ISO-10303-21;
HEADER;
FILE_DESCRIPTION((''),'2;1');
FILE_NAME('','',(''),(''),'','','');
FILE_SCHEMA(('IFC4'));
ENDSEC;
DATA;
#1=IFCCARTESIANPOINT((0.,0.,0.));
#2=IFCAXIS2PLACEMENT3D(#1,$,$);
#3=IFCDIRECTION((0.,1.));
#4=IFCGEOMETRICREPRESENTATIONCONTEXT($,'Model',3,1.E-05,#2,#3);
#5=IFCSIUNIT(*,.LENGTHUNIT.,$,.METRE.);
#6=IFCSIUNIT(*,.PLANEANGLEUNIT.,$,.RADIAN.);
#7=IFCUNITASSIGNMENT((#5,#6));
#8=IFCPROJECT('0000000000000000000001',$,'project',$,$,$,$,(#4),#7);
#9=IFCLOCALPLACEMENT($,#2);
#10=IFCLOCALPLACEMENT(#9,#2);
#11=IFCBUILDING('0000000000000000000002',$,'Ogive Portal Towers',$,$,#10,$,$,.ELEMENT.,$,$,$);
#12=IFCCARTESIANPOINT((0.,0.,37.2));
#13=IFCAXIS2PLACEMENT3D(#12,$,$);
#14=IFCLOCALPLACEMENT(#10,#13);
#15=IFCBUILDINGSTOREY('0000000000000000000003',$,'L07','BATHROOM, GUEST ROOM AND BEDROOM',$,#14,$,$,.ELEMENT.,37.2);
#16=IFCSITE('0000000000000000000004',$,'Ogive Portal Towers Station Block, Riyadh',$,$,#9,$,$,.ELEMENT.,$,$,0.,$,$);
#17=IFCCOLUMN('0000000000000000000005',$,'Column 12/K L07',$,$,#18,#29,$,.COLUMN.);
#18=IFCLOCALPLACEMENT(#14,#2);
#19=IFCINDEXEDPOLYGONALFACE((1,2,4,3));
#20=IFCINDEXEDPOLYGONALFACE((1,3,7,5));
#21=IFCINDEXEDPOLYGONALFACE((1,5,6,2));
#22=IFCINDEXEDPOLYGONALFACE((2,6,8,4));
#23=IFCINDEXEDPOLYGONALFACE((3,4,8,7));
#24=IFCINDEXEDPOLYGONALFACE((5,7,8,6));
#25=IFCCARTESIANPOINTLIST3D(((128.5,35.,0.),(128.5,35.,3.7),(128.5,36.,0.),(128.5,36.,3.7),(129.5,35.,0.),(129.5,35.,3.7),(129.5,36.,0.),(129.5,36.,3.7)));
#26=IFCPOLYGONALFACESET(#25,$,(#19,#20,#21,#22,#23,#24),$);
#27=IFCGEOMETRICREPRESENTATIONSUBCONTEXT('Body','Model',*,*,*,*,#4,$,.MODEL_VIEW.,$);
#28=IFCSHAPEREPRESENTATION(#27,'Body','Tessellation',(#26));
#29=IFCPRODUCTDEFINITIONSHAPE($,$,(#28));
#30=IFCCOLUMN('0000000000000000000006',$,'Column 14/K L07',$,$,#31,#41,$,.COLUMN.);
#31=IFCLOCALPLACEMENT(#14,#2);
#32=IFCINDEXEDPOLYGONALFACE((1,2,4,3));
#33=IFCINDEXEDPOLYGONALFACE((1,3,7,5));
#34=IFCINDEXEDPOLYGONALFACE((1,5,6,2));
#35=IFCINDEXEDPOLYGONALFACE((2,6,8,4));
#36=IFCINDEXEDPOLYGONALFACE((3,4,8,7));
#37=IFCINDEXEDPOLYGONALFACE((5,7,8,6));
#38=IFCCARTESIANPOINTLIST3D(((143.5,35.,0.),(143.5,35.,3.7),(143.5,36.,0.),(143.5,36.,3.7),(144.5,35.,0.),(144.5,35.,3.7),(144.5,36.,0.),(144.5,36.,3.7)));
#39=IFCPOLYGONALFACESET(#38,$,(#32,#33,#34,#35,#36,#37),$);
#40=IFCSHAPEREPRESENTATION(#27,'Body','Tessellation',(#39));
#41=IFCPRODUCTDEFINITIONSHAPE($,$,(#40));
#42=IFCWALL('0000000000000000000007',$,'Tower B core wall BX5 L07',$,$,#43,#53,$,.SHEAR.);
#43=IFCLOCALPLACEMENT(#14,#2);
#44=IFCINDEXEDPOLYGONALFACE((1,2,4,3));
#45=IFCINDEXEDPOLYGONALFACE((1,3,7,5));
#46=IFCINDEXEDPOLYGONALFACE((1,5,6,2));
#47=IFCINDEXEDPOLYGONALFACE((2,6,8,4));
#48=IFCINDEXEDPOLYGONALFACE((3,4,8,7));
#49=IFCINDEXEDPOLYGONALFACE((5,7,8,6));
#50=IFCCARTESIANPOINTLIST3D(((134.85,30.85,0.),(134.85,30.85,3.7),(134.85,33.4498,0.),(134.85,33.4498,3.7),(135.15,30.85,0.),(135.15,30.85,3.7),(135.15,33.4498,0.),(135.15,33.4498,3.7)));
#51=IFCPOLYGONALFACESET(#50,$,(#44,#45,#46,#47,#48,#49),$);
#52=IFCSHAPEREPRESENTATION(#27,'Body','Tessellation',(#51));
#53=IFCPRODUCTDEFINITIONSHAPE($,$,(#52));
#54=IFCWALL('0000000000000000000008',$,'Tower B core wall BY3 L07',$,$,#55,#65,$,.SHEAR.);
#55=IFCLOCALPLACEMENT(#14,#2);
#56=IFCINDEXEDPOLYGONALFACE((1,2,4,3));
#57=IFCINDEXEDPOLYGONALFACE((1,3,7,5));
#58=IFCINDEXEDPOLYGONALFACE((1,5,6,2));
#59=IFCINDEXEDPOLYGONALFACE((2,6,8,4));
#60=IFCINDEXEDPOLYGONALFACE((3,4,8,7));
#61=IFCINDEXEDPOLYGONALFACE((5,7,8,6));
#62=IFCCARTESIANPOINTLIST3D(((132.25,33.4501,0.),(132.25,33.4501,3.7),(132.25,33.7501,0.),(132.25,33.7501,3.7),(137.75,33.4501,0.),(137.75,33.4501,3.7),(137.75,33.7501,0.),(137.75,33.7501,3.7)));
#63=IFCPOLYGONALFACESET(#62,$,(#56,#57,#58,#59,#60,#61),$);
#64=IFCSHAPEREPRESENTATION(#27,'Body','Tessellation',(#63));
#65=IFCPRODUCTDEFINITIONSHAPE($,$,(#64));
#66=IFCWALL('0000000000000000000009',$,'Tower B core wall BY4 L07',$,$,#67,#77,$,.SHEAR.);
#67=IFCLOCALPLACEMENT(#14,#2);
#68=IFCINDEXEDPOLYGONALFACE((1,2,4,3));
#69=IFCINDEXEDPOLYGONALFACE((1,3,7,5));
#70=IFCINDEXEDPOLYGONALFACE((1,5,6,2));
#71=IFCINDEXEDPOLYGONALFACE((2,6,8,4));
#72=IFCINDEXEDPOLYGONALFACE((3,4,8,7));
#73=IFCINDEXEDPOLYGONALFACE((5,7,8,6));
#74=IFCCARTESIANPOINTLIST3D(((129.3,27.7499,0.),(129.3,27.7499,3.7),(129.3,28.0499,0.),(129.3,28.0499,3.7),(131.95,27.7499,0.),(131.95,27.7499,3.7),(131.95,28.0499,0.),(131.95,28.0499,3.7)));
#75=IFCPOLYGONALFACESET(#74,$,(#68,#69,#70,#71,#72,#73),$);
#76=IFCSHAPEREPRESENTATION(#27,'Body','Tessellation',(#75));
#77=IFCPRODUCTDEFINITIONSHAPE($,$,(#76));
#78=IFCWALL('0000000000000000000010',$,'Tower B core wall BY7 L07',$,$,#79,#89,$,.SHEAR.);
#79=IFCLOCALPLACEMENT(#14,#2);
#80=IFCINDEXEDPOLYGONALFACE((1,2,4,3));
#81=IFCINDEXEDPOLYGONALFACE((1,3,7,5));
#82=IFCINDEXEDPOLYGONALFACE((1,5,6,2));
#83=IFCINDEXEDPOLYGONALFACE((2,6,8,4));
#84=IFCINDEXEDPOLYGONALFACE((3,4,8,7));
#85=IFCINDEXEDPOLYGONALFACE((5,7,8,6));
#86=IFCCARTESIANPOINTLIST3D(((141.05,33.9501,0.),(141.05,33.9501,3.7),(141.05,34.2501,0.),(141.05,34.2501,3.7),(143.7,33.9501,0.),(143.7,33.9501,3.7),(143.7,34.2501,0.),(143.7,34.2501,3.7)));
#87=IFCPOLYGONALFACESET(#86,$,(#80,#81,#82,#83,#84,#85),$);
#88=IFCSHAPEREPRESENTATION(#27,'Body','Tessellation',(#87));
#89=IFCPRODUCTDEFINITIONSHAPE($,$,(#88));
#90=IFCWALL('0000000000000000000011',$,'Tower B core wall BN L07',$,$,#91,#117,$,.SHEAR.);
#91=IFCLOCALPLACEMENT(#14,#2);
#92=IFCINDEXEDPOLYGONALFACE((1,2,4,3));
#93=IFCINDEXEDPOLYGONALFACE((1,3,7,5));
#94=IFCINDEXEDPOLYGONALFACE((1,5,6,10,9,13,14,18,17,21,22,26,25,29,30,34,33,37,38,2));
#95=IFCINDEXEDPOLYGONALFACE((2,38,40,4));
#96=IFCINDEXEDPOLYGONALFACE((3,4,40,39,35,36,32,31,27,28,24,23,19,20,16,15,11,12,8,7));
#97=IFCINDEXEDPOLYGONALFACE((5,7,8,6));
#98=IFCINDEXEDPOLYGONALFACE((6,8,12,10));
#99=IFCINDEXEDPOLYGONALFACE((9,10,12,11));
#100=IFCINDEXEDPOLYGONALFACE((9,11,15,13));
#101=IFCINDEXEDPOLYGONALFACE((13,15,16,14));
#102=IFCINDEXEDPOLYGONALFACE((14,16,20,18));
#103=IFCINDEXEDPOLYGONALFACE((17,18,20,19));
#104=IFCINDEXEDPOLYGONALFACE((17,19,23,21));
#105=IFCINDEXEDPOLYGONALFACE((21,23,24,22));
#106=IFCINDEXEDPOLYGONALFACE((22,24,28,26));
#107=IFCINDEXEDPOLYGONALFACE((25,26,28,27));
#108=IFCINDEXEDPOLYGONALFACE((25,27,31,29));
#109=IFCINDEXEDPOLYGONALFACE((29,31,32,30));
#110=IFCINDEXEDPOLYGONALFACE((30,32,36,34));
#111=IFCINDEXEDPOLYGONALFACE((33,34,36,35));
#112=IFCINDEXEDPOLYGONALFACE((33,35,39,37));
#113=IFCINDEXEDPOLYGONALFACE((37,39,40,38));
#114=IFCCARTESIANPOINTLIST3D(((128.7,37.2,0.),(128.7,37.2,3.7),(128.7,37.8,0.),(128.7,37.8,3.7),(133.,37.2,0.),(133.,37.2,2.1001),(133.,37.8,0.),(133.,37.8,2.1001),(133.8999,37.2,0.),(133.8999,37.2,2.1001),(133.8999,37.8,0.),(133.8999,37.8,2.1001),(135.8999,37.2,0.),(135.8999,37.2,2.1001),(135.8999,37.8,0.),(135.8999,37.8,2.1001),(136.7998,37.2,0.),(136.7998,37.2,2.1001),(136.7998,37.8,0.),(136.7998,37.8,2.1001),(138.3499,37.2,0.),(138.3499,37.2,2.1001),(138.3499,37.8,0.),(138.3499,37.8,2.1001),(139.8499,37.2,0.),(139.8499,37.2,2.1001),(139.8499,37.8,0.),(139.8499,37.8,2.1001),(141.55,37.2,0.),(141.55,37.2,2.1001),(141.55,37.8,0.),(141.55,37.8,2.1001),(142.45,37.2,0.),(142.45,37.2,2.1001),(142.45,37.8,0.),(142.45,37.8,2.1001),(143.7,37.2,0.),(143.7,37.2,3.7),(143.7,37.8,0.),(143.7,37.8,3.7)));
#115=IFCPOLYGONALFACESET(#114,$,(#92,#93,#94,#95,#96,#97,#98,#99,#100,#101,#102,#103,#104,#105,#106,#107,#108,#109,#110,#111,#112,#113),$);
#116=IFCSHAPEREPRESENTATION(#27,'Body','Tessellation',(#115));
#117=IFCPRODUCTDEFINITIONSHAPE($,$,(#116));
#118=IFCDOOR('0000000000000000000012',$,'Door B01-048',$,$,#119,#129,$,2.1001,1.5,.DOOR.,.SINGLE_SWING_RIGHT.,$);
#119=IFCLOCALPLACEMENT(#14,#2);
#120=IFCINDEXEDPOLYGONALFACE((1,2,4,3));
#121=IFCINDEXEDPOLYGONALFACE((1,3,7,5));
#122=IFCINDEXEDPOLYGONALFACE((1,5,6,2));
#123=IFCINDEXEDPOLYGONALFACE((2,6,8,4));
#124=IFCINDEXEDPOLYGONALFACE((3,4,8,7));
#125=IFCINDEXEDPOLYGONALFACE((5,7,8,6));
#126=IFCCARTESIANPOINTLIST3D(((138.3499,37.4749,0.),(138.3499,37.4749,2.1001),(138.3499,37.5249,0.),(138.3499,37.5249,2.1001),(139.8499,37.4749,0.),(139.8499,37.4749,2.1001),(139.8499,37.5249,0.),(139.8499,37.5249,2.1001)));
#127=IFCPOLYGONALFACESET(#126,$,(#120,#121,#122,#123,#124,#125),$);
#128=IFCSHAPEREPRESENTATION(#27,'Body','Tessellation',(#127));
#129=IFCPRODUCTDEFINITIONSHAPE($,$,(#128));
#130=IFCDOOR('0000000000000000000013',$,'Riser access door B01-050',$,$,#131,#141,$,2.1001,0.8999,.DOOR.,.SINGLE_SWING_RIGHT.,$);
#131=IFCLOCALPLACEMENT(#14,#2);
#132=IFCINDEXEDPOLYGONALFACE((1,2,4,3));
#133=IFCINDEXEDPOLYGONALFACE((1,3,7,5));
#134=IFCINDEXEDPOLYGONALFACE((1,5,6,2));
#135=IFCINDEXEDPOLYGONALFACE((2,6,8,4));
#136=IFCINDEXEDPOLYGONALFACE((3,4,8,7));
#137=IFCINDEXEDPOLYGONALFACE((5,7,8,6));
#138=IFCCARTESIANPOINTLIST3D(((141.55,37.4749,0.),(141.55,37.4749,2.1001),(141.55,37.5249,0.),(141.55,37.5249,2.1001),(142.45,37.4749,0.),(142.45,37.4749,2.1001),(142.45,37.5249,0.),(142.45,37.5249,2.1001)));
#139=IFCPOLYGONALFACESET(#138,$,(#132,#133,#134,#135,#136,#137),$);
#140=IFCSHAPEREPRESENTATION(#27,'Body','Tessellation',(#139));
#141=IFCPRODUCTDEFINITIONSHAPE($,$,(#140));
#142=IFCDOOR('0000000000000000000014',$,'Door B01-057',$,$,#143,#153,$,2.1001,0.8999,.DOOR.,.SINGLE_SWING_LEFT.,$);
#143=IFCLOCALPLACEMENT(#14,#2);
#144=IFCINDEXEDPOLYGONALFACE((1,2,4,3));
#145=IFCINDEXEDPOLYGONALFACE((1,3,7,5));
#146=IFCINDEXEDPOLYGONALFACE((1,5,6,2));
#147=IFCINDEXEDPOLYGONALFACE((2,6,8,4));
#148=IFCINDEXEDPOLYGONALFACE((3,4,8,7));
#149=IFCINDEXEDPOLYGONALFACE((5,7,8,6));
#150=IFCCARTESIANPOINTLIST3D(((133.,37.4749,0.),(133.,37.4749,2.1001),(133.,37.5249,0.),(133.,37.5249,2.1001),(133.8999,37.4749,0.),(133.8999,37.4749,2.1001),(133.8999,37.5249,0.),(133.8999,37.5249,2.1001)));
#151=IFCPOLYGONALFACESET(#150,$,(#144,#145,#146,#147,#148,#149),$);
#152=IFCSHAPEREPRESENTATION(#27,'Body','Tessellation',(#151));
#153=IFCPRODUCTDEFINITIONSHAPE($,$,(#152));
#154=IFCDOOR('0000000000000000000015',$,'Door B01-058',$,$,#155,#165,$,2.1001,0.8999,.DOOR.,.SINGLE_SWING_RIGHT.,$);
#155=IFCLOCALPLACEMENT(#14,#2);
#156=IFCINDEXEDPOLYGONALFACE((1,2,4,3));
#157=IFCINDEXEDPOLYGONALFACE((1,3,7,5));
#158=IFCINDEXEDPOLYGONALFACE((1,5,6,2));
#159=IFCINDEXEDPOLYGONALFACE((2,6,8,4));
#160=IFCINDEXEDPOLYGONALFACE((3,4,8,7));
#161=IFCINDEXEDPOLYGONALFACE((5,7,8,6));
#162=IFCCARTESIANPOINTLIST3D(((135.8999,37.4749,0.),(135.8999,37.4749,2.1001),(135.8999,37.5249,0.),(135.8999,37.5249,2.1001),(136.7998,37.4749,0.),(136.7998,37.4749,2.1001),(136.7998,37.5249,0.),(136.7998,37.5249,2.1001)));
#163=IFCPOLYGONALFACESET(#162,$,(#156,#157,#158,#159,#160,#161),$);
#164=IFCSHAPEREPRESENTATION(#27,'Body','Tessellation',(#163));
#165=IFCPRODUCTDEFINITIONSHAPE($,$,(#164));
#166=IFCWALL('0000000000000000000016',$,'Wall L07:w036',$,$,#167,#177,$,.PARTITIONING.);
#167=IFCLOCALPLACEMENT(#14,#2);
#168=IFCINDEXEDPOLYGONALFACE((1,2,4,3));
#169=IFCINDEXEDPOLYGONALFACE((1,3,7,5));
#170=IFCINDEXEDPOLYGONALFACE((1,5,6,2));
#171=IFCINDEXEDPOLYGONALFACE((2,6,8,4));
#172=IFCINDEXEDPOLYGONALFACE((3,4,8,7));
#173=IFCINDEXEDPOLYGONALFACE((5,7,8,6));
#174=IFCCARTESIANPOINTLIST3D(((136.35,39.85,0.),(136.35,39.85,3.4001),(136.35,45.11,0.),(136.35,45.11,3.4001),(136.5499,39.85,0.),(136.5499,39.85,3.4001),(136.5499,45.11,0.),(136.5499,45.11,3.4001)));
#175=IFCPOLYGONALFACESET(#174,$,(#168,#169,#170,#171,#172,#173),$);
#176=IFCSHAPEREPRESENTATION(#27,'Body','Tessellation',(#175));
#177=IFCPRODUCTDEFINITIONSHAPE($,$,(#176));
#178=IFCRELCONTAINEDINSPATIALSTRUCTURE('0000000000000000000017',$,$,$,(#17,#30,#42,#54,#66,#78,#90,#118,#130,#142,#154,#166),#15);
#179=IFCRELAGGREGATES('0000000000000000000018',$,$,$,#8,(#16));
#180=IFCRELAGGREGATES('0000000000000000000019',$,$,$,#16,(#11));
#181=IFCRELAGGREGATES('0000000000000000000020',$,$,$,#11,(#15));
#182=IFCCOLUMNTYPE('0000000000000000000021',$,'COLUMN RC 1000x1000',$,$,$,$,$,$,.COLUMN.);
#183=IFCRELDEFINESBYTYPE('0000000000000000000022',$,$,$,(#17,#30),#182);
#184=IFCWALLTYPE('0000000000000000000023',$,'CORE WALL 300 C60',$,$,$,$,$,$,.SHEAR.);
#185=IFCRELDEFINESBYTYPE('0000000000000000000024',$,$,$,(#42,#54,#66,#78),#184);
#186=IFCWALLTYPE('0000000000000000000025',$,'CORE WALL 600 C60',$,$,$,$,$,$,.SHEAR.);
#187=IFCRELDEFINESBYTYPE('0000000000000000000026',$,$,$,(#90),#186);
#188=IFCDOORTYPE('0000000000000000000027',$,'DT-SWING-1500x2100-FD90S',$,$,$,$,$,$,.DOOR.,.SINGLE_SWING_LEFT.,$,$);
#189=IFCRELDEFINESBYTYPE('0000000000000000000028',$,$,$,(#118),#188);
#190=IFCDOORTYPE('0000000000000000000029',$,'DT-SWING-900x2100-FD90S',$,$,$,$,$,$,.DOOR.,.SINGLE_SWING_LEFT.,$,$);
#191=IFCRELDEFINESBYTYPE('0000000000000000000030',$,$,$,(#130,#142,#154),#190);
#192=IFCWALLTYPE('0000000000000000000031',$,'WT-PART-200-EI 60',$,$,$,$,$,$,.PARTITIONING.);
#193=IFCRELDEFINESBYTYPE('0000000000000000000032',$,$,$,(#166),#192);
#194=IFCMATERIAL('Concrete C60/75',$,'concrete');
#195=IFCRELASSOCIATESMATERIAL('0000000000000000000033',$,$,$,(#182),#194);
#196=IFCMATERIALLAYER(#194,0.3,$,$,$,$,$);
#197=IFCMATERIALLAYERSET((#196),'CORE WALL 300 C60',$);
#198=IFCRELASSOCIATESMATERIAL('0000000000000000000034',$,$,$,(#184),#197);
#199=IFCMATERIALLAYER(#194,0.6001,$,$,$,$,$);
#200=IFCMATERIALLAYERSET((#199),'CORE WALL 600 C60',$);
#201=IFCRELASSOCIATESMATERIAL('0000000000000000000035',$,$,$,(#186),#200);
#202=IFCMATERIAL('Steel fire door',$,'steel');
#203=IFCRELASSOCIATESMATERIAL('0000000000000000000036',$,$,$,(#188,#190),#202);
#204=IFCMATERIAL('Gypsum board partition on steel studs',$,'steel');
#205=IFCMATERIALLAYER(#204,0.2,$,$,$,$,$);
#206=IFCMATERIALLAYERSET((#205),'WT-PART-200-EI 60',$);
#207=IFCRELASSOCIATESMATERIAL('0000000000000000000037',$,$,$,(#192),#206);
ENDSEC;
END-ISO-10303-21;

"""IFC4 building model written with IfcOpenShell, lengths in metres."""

from ifc_helpers import new_model, si_unit, direction, frame, frame_2d, origin, origin_2d, place, context, subcontext, project, spatial, rectangle, extrude, material, layer, layer_set, material_profile, profile_set, type_object, element, fill, save


model = new_model("IFC4")

# Units and contexts
model_context = context("Model", 3, precision=1e-05, world=origin(), true_north=direction((0.0, 1.0)))
body_context = subcontext(model_context, "Body", "Model", "MODEL_VIEW")
ifc_project = project(units=[si_unit("LENGTHUNIT", "METRE"), si_unit("PLANEANGLEUNIT", "RADIAN")], contexts=[model_context])

# Site, building, storey
site_placement = place(None, origin())
site = spatial("IfcSite", under=ifc_project, at=site_placement, Name="Ogive Portal Towers Station Block, Riyadh", CompositionType="ELEMENT", RefElevation=0.0)
building_placement = place(site_placement, origin())
building = spatial("IfcBuilding", under=site, at=building_placement, Name="Ogive Portal Towers", CompositionType="ELEMENT")
storey_placement = place(building_placement, frame((0.0, 0.0, 37.2)))
storey = spatial("IfcBuildingStorey", under=building, at=storey_placement, Name="L07", Description="BATHROOM, GUEST ROOM AND BEDROOM", CompositionType="ELEMENT", Elevation=37.2)

# Columns
ifc_material_1 = material(Name="Concrete C60/75", Category="concrete")
ifc_material_profile = material_profile(ifc_material_1, rectangle(XDim=1.0, YDim=1.0, at=origin_2d()), Name="RC 1000x1000")
ifc_profile_set = profile_set([ifc_material_profile], Name="Concrete C60/75")
column_type = type_object("IfcColumnType", Name="COLUMN RC 1000x1000", PredefinedType="COLUMN", material=ifc_profile_set)
for number, where, z_axis, x_axis, name in (
    (1, (129.0, 35.5, 0.0), (0.0, 0.0, 1.0), (1.0, 0.0, 0.0), "Column 12/K L07"),
    (2, (144.0, 35.5, 0.0), (0.0, 0.0, 1.0), (1.0, 0.0, 0.0), "Column 14/K L07"),
):
    element("IfcColumn", number, at=place(storey_placement, frame(where, z_axis=z_axis, x_axis=x_axis)), inside=storey, type_object=column_type, Name=name, PredefinedType="COLUMN", context=body_context, shape_type="SweptSolid", body=[
        extrude(rectangle(XDim=1.0, YDim=1.0, at=origin_2d()), origin(), (0.0, 0.0, 1.0), 3.7),
    ])

# Wall
ifc_layer_1 = layer(ifc_material_1, 0.3)
ifc_layer_set_1 = layer_set([ifc_layer_1], Name="CORE WALL 300 C60")
wall_type_1 = type_object("IfcWallType", Name="CORE WALL 300 C60", PredefinedType="SHEAR", material=ifc_layer_set_1)
wall_1_placement = place(storey_placement, frame((135.0, 30.8501, 0.0), z_axis=(0.0, 0.0, 1.0), x_axis=(0.0, 1.0, 0.0)))
element("IfcWall", 3, at=wall_1_placement, inside=storey, type_object=wall_type_1, Name="Tower B core wall BX5 L07", PredefinedType="SHEAR", context=body_context, shape_type="SweptSolid", body=[
    extrude(rectangle(XDim=2.5999, YDim=0.3, at=frame_2d((1.2998, 0.0))), origin(), (0.0, 0.0, 1.0), 3.7),
])

# Walls
wall_2_placement = place(storey_placement, frame((132.25, 33.6001, 0.0), z_axis=(0.0, 0.0, 1.0), x_axis=(1.0, 0.0, 0.0)))
element("IfcWall", 4, at=wall_2_placement, inside=storey, type_object=wall_type_1, Name="Tower B core wall BY3 L07", PredefinedType="SHEAR", context=body_context, shape_type="SweptSolid", body=[
    extrude(rectangle(XDim=5.5, YDim=0.3, at=frame_2d((2.75, 0.0))), origin(), (0.0, 0.0, 1.0), 3.7),
])
wall_3_placement = place(storey_placement, frame((129.3, 27.8999, 0.0), z_axis=(0.0, 0.0, 1.0), x_axis=(1.0, 0.0, 0.0)))
element("IfcWall", 5, at=wall_3_placement, inside=storey, type_object=wall_type_1, Name="Tower B core wall BY4 L07", PredefinedType="SHEAR", context=body_context, shape_type="SweptSolid", body=[
    extrude(rectangle(XDim=2.6499, YDim=0.3, at=frame_2d((1.325, 0.0))), origin(), (0.0, 0.0, 1.0), 3.7),
])

# Wall
wall_4_placement = place(storey_placement, frame((141.05, 34.1001, 0.0), z_axis=(0.0, 0.0, 1.0), x_axis=(1.0, 0.0, 0.0)))
element("IfcWall", 6, at=wall_4_placement, inside=storey, type_object=wall_type_1, Name="Tower B core wall BY7 L07", PredefinedType="SHEAR", context=body_context, shape_type="SweptSolid", body=[
    extrude(rectangle(XDim=2.6499, YDim=0.3, at=frame_2d((1.325, 0.0))), origin(), (0.0, 0.0, 1.0), 3.7),
])

# Wall, openings, doors
ifc_layer_2 = layer(ifc_material_1, 0.6001)
ifc_layer_set_2 = layer_set([ifc_layer_2], Name="CORE WALL 600 C60")
wall_type_2 = type_object("IfcWallType", Name="CORE WALL 600 C60", PredefinedType="SHEAR", material=ifc_layer_set_2)
wall_5_placement = place(storey_placement, frame((128.7, 37.5, 0.0), z_axis=(0.0, 0.0, 1.0), x_axis=(1.0, 0.0, 0.0)))
wall_5 = element("IfcWall", 7, at=wall_5_placement, inside=storey, type_object=wall_type_2, Name="Tower B core wall BN L07", PredefinedType="SHEAR", context=body_context, shape_type="SweptSolid", body=[
    extrude(rectangle(XDim=15.0, YDim=0.6001, at=frame_2d((7.5, 0.0))), origin(), (0.0, 0.0, 1.0), 3.7),
])
opening_1_placement = place(wall_5_placement, frame((9.6499, 0.0, 0.0)))
opening_1 = element("IfcOpeningElement", 8, at=opening_1_placement, cuts=wall_5, PredefinedType="OPENING", context=body_context, shape_type="SweptSolid", body=[
    extrude(rectangle(XDim=1.5, YDim=2.1001, at=frame_2d((0.75, 1.05))), frame((0.0, 0.3101, 0.0), z_axis=(0.0, -1.0, 0.0), x_axis=(1.0, 0.0, 0.0)), (0.0, 0.0, 1.0), 0.6201),
])
opening_2_placement = place(wall_5_placement, frame((12.8501, 0.0, 0.0)))
opening_2 = element("IfcOpeningElement", 9, at=opening_2_placement, cuts=wall_5, PredefinedType="OPENING", context=body_context, shape_type="SweptSolid", body=[
    extrude(rectangle(XDim=0.8999, YDim=2.1001, at=frame_2d((0.45, 1.05))), frame((0.0, 0.3101, 0.0), z_axis=(0.0, -1.0, 0.0), x_axis=(1.0, 0.0, 0.0)), (0.0, 0.0, 1.0), 0.6201),
])
opening_3_placement = place(wall_5_placement, frame((4.3, 0.0, 0.0)))
opening_3 = element("IfcOpeningElement", 10, at=opening_3_placement, cuts=wall_5, PredefinedType="OPENING", context=body_context, shape_type="SweptSolid", body=[
    extrude(rectangle(XDim=0.8999, YDim=2.1001, at=frame_2d((0.45, 1.05))), frame((0.0, 0.3101, 0.0), z_axis=(0.0, -1.0, 0.0), x_axis=(1.0, 0.0, 0.0)), (0.0, 0.0, 1.0), 0.6201),
])
opening_4_placement = place(wall_5_placement, frame((7.2, 0.0, 0.0)))
opening_4 = element("IfcOpeningElement", 11, at=opening_4_placement, cuts=wall_5, PredefinedType="OPENING", context=body_context, shape_type="SweptSolid", body=[
    extrude(rectangle(XDim=0.8999, YDim=2.1001, at=frame_2d((0.45, 1.05))), frame((0.0, 0.3101, 0.0), z_axis=(0.0, -1.0, 0.0), x_axis=(1.0, 0.0, 0.0)), (0.0, 0.0, 1.0), 0.6201),
])
ifc_material_2 = material(Name="Steel fire door", Category="steel")
door_type_1 = type_object("IfcDoorType", Name="DT-SWING-1500x2100-FD90S", OperationType="SINGLE_SWING_LEFT", PredefinedType="DOOR", material=ifc_material_2)
door_1_placement = place(opening_1_placement, origin())
door_1 = element("IfcDoor", 12, at=door_1_placement, inside=storey, type_object=door_type_1, Name="Door B01-048", OperationType="SINGLE_SWING_RIGHT", OverallHeight=2.1001, OverallWidth=1.5, PredefinedType="DOOR", context=body_context, shape_type="SweptSolid", body=[
    extrude(rectangle(XDim=1.5, YDim=2.1001, at=frame_2d((0.75, 1.05))), frame((0.0, 0.0249, 0.0), z_axis=(0.0, -1.0, 0.0), x_axis=(1.0, 0.0, 0.0)), (0.0, 0.0, 1.0), 0.05),
])
fill(opening_1, door_1)
door_type_2 = type_object("IfcDoorType", Name="DT-SWING-900x2100-FD90S", OperationType="SINGLE_SWING_LEFT", PredefinedType="DOOR", material=ifc_material_2)
door_2_placement = place(opening_2_placement, origin())
door_2 = element("IfcDoor", 13, at=door_2_placement, inside=storey, type_object=door_type_2, Name="Riser access door B01-050", OperationType="SINGLE_SWING_RIGHT", OverallHeight=2.1001, OverallWidth=0.8999, PredefinedType="DOOR", context=body_context, shape_type="SweptSolid", body=[
    extrude(rectangle(XDim=0.8999, YDim=2.1001, at=frame_2d((0.45, 1.05))), frame((0.0, 0.0249, 0.0), z_axis=(0.0, -1.0, 0.0), x_axis=(1.0, 0.0, 0.0)), (0.0, 0.0, 1.0), 0.05),
])
fill(opening_2, door_2)
door_3_placement = place(opening_3_placement, origin())
door_3 = element("IfcDoor", 14, at=door_3_placement, inside=storey, type_object=door_type_2, Name="Door B01-057", OperationType="SINGLE_SWING_LEFT", OverallHeight=2.1001, OverallWidth=0.8999, PredefinedType="DOOR", context=body_context, shape_type="SweptSolid", body=[
    extrude(rectangle(XDim=0.8999, YDim=2.1001, at=frame_2d((0.45, 1.05))), frame((0.0, 0.0249, 0.0), z_axis=(0.0, -1.0, 0.0), x_axis=(1.0, 0.0, 0.0)), (0.0, 0.0, 1.0), 0.05),
])
fill(opening_3, door_3)
door_4_placement = place(opening_4_placement, origin())
door_4 = element("IfcDoor", 15, at=door_4_placement, inside=storey, type_object=door_type_2, Name="Door B01-058", OperationType="SINGLE_SWING_RIGHT", OverallHeight=2.1001, OverallWidth=0.8999, PredefinedType="DOOR", context=body_context, shape_type="SweptSolid", body=[
    extrude(rectangle(XDim=0.8999, YDim=2.1001, at=frame_2d((0.45, 1.05))), frame((0.0, 0.0249, 0.0), z_axis=(0.0, -1.0, 0.0), x_axis=(1.0, 0.0, 0.0)), (0.0, 0.0, 1.0), 0.05),
])
fill(opening_4, door_4)

# Wall
ifc_material_3 = material(Name="Gypsum board partition on steel studs", Category="steel")
ifc_layer_3 = layer(ifc_material_3, 0.2)
ifc_layer_set_3 = layer_set([ifc_layer_3], Name="WT-PART-200-EI 60")
wall_type_3 = type_object("IfcWallType", Name="WT-PART-200-EI 60", PredefinedType="PARTITIONING", material=ifc_layer_set_3)
wall_6_placement = place(storey_placement, frame((136.45, 39.8501, 0.0), z_axis=(0.0, 0.0, 1.0), x_axis=(0.0, 1.0, 0.0)))
element("IfcWall", 16, at=wall_6_placement, inside=storey, type_object=wall_type_3, Name="Wall L07:w036", PredefinedType="PARTITIONING", context=body_context, shape_type="SweptSolid", body=[
    extrude(rectangle(XDim=5.26, YDim=0.2, at=frame_2d((2.6299, 0.0))), origin(), (0.0, 0.0, 1.0), 3.4001),
])

save(model, "model.ifc")
